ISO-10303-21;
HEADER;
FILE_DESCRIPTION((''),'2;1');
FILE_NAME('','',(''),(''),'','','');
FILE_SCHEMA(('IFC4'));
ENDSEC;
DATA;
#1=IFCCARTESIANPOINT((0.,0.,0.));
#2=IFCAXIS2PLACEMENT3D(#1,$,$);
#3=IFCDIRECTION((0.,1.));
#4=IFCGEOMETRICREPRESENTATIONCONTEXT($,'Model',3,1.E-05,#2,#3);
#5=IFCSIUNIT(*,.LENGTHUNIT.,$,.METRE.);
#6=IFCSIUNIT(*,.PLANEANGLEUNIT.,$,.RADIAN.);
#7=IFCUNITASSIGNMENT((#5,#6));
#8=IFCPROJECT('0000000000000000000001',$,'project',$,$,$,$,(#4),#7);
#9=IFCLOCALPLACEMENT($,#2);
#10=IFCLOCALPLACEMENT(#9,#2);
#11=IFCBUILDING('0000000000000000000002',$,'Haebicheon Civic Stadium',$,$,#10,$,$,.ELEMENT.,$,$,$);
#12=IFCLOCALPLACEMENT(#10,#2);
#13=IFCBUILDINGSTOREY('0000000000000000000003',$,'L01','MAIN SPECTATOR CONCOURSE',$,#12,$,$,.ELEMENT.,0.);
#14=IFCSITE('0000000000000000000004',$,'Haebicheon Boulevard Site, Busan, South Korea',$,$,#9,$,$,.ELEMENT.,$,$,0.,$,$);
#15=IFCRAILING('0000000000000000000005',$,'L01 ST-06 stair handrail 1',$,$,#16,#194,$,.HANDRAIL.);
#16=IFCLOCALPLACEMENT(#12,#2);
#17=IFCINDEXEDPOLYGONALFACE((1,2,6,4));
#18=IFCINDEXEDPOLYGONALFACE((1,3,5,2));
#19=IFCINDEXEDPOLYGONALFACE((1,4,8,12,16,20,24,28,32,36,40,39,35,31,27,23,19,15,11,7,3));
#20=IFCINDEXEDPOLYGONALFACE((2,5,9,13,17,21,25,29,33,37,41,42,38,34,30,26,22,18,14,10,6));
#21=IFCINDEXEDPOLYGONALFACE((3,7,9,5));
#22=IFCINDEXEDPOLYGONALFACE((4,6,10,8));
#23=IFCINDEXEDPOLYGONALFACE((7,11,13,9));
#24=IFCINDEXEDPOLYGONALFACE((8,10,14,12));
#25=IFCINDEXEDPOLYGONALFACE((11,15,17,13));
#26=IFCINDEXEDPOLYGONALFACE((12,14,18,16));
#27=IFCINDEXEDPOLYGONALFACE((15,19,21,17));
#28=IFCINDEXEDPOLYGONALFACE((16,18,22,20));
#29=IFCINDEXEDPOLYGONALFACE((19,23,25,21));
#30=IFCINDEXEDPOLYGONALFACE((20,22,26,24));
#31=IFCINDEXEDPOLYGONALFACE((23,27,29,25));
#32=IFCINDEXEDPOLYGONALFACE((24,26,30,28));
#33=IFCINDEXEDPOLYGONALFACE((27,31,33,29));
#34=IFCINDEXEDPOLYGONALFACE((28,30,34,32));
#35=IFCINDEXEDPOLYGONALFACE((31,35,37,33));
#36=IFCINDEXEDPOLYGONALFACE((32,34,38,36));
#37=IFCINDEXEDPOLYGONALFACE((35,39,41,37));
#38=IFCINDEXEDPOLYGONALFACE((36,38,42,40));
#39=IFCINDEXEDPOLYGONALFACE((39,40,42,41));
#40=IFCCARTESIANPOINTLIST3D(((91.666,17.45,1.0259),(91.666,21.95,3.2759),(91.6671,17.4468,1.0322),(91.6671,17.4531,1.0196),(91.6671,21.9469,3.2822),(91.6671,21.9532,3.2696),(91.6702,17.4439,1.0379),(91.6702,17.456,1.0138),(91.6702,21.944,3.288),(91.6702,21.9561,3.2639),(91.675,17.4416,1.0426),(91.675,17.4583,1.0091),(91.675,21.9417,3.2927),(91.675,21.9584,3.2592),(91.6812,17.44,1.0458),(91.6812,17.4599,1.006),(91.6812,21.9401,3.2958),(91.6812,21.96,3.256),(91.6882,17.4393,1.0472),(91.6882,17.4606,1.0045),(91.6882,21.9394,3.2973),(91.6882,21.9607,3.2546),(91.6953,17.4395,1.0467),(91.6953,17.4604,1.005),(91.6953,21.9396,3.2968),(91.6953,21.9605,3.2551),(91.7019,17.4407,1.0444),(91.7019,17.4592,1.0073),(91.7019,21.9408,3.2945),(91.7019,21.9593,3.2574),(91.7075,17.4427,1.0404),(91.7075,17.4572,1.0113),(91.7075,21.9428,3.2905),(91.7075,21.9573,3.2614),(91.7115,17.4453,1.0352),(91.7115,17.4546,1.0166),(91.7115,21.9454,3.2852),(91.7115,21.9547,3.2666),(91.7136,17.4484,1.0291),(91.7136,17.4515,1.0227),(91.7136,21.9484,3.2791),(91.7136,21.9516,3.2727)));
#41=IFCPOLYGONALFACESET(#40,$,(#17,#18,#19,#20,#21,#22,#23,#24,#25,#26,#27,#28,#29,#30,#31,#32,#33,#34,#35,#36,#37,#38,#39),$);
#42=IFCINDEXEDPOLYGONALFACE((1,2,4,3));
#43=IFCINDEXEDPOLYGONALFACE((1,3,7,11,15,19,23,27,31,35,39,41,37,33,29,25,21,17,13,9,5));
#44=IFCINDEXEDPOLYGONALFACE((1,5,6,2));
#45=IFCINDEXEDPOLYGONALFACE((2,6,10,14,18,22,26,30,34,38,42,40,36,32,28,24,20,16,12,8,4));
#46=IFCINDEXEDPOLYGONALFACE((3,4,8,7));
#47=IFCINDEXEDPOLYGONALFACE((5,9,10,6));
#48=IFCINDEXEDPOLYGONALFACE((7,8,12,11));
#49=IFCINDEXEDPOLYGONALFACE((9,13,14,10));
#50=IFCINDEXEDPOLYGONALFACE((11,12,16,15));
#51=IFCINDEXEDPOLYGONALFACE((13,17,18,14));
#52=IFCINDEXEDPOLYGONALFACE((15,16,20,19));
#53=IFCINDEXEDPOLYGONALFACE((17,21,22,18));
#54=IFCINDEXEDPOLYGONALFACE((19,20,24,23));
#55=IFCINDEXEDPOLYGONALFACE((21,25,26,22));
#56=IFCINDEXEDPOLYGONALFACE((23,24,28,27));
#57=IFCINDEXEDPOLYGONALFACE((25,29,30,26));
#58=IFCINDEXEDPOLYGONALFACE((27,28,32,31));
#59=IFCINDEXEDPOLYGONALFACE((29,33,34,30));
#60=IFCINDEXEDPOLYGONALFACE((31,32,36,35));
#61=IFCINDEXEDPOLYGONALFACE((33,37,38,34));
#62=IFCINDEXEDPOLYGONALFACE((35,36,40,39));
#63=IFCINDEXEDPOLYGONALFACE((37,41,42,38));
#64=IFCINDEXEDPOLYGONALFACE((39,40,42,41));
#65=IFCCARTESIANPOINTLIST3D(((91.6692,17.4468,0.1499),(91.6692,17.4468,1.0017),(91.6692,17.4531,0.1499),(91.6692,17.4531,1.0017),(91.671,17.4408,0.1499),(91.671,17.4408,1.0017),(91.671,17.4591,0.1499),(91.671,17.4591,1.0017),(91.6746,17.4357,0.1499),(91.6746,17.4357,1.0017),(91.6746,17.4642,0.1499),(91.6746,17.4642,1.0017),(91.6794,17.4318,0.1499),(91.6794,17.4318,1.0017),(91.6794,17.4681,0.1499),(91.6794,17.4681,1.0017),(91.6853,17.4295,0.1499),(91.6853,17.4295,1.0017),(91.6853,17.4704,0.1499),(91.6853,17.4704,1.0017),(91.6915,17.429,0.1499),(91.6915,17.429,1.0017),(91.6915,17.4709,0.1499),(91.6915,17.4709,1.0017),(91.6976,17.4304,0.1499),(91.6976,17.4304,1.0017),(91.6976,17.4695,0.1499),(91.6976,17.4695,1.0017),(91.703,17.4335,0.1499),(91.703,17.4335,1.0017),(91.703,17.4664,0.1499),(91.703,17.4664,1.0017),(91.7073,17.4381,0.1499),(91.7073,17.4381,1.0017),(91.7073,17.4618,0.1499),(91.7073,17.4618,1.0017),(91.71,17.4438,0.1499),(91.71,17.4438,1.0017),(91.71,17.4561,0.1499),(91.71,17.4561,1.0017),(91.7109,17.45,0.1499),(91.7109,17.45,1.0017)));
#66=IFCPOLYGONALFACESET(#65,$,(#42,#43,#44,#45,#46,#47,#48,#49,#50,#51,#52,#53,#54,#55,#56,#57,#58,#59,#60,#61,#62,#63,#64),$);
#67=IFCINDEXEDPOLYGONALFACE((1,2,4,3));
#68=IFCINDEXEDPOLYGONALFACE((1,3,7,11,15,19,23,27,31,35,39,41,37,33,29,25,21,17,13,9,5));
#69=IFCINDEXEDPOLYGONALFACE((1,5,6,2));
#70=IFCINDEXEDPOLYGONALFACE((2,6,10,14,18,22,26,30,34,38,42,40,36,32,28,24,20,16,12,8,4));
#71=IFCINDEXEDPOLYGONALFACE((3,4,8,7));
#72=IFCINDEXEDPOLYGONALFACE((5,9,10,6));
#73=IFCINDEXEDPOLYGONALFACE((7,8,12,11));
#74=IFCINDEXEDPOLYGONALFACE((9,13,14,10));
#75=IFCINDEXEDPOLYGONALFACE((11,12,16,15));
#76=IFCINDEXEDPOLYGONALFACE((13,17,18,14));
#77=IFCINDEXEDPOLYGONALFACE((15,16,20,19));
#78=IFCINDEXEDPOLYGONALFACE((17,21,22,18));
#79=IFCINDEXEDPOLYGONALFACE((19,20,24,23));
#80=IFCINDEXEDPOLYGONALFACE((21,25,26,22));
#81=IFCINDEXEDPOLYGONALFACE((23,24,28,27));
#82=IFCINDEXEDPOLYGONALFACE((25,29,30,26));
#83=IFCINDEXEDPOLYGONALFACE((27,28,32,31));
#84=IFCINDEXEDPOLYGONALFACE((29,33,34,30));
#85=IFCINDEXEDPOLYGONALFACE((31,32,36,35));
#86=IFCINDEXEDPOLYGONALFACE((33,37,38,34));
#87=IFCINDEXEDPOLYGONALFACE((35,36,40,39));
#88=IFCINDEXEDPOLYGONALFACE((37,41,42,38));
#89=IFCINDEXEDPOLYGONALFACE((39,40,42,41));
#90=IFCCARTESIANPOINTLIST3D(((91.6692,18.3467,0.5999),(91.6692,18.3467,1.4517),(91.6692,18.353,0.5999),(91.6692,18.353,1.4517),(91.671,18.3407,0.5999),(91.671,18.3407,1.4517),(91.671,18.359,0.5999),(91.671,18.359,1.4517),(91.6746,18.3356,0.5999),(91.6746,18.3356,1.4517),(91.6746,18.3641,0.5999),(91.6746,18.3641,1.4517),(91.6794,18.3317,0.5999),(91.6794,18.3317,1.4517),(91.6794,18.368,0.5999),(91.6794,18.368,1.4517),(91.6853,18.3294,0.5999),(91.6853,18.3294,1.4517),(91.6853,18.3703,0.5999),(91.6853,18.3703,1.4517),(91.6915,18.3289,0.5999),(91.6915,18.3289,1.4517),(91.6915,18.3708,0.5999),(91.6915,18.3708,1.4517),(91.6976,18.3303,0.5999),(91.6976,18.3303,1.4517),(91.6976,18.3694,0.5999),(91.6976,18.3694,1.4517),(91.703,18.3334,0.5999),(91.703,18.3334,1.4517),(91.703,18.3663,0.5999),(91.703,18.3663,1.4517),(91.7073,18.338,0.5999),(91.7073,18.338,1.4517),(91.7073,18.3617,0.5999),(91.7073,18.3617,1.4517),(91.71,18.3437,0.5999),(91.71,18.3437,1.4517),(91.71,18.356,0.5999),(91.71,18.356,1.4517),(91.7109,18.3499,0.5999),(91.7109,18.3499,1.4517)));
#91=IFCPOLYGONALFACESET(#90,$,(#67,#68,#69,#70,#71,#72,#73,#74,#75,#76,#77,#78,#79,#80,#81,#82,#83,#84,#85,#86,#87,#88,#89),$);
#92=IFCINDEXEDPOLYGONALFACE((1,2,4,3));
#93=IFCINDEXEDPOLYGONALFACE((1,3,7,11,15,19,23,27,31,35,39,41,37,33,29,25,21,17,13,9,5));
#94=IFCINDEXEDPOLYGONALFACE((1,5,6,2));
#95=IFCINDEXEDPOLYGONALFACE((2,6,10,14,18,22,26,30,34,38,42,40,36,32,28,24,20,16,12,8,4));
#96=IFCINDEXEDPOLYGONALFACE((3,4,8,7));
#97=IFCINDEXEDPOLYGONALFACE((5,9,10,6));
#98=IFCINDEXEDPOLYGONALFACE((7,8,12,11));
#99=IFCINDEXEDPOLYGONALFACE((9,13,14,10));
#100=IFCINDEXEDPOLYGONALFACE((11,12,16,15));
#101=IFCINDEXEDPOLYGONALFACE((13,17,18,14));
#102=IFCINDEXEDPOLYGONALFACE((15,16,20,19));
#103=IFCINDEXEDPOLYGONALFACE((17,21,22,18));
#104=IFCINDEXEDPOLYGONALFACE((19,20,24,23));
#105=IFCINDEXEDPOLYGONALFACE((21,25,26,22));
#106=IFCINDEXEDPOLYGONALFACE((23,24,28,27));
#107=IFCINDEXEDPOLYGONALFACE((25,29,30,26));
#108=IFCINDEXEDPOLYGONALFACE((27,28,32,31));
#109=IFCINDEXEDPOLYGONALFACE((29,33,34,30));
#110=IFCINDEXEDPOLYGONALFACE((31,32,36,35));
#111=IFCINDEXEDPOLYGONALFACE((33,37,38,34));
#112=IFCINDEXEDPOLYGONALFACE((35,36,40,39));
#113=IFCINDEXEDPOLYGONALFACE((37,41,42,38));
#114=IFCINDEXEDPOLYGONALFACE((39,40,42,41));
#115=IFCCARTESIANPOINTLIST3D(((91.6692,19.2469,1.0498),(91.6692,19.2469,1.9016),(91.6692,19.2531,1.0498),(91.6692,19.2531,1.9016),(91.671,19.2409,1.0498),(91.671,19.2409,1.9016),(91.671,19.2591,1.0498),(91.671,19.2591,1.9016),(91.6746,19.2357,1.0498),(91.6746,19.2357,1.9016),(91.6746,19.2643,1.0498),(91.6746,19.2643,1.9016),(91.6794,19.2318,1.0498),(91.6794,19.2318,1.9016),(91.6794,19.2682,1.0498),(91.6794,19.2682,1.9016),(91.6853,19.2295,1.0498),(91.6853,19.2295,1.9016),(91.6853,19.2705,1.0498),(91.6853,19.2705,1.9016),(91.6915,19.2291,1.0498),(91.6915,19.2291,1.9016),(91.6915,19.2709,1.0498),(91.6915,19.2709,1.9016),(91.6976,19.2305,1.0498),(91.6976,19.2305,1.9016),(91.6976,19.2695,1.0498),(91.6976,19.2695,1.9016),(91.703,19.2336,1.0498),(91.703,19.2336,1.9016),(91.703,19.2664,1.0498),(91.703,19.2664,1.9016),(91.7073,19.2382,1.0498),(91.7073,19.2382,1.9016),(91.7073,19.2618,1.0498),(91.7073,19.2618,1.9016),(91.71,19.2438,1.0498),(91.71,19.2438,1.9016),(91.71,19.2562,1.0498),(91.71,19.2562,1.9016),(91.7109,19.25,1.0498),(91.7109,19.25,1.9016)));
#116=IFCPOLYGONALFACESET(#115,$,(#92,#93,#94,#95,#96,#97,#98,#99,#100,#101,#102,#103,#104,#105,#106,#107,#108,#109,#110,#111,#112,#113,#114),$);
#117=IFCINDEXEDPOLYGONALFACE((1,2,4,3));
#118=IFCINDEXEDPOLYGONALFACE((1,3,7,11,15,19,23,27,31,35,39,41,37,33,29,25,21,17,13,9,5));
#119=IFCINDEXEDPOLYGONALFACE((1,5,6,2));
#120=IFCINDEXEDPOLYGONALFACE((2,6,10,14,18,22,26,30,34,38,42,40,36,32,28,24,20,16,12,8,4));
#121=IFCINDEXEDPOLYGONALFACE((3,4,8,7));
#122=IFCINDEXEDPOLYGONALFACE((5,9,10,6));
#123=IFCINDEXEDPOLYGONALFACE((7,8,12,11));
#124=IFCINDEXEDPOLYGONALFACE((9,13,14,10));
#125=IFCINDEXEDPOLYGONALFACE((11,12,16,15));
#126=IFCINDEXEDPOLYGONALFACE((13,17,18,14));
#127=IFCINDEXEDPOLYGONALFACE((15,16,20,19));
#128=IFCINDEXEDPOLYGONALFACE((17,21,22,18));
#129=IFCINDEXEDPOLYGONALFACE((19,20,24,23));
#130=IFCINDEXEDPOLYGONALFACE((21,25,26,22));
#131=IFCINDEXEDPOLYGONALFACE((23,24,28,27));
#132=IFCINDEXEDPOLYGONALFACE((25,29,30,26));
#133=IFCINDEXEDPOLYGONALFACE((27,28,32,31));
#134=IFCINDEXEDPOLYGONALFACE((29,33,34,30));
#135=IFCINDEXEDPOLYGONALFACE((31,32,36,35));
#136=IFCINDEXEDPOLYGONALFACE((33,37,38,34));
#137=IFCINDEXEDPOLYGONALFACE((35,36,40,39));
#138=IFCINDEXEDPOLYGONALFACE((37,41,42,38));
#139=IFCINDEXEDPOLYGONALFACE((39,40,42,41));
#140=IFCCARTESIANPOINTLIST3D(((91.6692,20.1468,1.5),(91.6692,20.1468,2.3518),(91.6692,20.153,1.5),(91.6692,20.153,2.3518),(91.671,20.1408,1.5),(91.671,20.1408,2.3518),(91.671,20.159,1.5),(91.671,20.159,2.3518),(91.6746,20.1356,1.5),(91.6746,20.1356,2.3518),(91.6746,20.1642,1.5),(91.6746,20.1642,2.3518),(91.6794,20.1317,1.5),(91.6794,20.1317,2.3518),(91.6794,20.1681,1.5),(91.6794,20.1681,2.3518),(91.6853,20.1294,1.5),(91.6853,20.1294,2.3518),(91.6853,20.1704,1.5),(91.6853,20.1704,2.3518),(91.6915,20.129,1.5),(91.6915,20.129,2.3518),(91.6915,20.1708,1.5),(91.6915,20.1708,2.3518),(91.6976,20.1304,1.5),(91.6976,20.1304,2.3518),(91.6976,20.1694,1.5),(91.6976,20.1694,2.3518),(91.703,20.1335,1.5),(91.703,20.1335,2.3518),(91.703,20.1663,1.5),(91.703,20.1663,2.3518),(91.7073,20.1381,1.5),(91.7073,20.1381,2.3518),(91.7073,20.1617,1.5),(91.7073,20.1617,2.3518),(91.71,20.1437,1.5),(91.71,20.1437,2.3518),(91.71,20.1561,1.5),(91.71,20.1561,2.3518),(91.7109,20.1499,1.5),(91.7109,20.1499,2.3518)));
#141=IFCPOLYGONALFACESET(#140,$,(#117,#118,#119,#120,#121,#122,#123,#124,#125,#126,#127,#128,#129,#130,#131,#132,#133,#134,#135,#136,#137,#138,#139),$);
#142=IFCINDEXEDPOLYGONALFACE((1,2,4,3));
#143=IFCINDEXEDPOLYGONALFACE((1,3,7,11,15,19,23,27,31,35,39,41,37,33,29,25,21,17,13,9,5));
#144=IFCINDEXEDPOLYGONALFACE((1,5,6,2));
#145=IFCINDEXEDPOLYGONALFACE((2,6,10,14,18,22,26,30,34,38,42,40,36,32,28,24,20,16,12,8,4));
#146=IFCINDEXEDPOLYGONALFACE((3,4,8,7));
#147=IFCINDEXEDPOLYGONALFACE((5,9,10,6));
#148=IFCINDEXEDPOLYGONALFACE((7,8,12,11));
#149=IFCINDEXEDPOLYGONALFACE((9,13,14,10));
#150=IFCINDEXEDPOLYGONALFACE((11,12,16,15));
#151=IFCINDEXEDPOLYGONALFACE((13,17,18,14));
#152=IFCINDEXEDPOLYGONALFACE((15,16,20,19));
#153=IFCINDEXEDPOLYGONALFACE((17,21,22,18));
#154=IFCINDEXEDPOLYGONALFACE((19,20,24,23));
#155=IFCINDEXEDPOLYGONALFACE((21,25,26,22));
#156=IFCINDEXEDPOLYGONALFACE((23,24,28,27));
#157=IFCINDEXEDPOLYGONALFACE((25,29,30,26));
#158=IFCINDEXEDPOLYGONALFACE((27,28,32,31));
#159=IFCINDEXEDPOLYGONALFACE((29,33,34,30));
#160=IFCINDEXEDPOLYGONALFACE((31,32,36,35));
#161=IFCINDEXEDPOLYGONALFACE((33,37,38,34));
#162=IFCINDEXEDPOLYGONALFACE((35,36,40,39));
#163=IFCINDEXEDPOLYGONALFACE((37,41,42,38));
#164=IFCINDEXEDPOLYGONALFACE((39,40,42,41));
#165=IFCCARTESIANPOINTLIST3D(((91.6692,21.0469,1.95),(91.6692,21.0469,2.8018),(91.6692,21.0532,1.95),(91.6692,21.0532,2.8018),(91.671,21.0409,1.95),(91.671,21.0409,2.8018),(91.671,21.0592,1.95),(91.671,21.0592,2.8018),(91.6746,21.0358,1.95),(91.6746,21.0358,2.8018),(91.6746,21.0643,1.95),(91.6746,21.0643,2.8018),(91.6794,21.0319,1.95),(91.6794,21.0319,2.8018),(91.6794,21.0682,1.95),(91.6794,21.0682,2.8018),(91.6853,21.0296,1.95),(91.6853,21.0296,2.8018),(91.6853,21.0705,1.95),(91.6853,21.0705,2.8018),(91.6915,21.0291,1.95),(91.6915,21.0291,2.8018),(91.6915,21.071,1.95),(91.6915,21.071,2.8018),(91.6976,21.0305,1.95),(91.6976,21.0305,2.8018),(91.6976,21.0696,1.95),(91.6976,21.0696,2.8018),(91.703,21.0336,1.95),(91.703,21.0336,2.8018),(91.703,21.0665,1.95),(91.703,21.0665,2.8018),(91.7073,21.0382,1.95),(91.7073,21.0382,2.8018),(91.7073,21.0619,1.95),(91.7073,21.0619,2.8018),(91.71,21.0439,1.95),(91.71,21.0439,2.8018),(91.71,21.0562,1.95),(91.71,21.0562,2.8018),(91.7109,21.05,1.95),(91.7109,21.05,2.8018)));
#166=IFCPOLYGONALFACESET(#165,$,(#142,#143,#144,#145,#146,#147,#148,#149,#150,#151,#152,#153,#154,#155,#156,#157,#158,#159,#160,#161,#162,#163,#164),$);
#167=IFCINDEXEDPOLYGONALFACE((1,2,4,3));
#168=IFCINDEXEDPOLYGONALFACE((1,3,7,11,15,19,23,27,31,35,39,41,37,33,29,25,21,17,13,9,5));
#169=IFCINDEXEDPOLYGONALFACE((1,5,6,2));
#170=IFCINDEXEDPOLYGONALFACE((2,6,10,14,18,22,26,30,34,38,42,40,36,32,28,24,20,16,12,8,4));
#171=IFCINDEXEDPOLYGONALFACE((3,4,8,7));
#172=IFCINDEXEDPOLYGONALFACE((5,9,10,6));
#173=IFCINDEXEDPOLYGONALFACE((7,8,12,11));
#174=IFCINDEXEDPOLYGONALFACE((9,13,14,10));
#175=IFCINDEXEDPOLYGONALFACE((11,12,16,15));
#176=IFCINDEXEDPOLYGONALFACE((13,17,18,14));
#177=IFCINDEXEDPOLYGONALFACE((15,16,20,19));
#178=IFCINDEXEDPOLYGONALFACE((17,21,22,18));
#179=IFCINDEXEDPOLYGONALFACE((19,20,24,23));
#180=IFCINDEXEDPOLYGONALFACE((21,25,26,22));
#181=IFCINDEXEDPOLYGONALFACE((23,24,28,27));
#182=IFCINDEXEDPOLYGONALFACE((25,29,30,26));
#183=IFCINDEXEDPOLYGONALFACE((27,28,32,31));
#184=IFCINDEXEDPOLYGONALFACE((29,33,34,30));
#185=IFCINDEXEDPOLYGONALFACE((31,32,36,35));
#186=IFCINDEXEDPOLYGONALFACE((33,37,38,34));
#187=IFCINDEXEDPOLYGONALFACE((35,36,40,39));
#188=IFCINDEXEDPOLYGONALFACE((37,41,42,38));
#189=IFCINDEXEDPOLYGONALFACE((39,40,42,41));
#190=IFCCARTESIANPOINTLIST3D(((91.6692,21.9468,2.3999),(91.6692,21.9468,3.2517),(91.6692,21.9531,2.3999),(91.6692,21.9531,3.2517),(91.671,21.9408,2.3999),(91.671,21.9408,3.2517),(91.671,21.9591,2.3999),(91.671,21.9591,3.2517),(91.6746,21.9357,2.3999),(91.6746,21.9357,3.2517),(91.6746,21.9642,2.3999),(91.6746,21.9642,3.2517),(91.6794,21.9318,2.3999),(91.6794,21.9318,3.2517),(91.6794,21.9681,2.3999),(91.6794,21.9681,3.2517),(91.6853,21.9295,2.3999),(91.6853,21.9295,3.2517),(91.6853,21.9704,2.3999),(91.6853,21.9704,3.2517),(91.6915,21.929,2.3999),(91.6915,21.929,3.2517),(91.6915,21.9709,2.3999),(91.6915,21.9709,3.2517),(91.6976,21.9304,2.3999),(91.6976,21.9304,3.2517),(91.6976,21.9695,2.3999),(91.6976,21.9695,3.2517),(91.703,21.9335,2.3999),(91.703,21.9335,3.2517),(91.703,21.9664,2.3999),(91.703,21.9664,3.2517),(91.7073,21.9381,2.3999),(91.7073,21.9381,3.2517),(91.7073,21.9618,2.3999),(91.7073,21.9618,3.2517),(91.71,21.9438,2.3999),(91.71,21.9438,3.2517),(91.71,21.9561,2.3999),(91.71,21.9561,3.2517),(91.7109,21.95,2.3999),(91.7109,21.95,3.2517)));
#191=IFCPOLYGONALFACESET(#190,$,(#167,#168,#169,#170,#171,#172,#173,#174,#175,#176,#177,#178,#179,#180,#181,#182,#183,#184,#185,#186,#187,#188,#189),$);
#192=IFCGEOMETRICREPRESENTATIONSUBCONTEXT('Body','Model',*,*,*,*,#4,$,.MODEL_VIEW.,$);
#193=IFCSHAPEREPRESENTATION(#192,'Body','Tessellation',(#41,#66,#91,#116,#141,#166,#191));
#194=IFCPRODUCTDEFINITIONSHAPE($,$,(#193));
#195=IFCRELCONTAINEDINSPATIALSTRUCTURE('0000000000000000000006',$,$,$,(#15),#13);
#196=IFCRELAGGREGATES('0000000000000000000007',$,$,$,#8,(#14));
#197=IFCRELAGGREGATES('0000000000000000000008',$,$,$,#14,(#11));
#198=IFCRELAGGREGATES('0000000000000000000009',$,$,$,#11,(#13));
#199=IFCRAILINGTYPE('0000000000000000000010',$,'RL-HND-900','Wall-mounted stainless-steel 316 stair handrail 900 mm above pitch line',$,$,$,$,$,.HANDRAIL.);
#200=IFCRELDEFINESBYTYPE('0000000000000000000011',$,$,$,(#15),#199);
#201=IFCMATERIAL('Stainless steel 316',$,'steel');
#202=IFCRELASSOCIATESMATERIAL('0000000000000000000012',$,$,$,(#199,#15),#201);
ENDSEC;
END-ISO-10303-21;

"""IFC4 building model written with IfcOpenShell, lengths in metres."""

from ifc_helpers import new_model, si_unit, direction, frame, origin, origin_2d, place, context, subcontext, project, spatial, circle, extrude, material, type_object, element, save


model = new_model("IFC4")

# Units and contexts
model_context = context("Model", 3, precision=1e-05, world=origin(), true_north=direction((0.0, 1.0)))
body_context = subcontext(model_context, "Body", "Model", "MODEL_VIEW")
ifc_project = project(units=[si_unit("LENGTHUNIT", "METRE"), si_unit("PLANEANGLEUNIT", "RADIAN")], contexts=[model_context])

# Site, building, storey
site_placement = place(None, origin())
site = spatial("IfcSite", under=ifc_project, at=site_placement, Name="Haebicheon Boulevard Site, Busan, South Korea", CompositionType="ELEMENT", RefElevation=0.0)
building_placement = place(site_placement, origin())
building = spatial("IfcBuilding", under=site, at=building_placement, Name="Haebicheon Civic Stadium", CompositionType="ELEMENT")
storey_placement = place(building_placement, origin())
storey = spatial("IfcBuildingStorey", under=building, at=storey_placement, Name="L01", Description="MAIN SPECTATOR CONCOURSE", CompositionType="ELEMENT", Elevation=0.0)

# Railing
ifc_material_1 = material(Name="Stainless steel 316", Category="steel")
railing_type_1 = type_object("IfcRailingType", Name="RL-HND-900", Description="Wall-mounted stainless-steel 316 stair handrail 900 mm above pitch line", PredefinedType="HANDRAIL", material=ifc_material_1)
railing_1_placement = place(storey_placement, frame((91.6899, 17.45, 0.1499)))
element("IfcRailing", 1, at=railing_1_placement, inside=storey, type_object=railing_type_1, material=ifc_material_1, Name="L01 ST-06 stair handrail 1", PredefinedType="HANDRAIL", context=body_context, shape_type="SweptSolid", body=[
    extrude(circle(Radius=0.0239, at=origin_2d()), frame((0.0, 0.0, 0.876), z_axis=(0.0, 0.894427, 0.447214), x_axis=(-1.0, 0.0, 0.0)), (0.0, 0.0, 1.0), 5.0312),
    extrude(circle(Radius=0.021, at=origin_2d()), origin(), (0.0, 0.0, 1.0), 0.8518),
    extrude(circle(Radius=0.021, at=origin_2d()), frame((0.0, 0.8999, 0.45)), (0.0, 0.0, 1.0), 0.8518),
    extrude(circle(Radius=0.021, at=origin_2d()), frame((0.0, 1.8, 0.8999)), (0.0, 0.0, 1.0), 0.8518),
    extrude(circle(Radius=0.021, at=origin_2d()), frame((0.0, 2.7, 1.3501)), (0.0, 0.0, 1.0), 0.8518),
    extrude(circle(Radius=0.021, at=origin_2d()), frame((0.0, 3.6001, 1.8)), (0.0, 0.0, 1.0), 0.8518),
    extrude(circle(Radius=0.021, at=origin_2d()), frame((0.0, 4.5, 2.25)), (0.0, 0.0, 1.0), 0.8518),
])

save(model, "model.ifc")
